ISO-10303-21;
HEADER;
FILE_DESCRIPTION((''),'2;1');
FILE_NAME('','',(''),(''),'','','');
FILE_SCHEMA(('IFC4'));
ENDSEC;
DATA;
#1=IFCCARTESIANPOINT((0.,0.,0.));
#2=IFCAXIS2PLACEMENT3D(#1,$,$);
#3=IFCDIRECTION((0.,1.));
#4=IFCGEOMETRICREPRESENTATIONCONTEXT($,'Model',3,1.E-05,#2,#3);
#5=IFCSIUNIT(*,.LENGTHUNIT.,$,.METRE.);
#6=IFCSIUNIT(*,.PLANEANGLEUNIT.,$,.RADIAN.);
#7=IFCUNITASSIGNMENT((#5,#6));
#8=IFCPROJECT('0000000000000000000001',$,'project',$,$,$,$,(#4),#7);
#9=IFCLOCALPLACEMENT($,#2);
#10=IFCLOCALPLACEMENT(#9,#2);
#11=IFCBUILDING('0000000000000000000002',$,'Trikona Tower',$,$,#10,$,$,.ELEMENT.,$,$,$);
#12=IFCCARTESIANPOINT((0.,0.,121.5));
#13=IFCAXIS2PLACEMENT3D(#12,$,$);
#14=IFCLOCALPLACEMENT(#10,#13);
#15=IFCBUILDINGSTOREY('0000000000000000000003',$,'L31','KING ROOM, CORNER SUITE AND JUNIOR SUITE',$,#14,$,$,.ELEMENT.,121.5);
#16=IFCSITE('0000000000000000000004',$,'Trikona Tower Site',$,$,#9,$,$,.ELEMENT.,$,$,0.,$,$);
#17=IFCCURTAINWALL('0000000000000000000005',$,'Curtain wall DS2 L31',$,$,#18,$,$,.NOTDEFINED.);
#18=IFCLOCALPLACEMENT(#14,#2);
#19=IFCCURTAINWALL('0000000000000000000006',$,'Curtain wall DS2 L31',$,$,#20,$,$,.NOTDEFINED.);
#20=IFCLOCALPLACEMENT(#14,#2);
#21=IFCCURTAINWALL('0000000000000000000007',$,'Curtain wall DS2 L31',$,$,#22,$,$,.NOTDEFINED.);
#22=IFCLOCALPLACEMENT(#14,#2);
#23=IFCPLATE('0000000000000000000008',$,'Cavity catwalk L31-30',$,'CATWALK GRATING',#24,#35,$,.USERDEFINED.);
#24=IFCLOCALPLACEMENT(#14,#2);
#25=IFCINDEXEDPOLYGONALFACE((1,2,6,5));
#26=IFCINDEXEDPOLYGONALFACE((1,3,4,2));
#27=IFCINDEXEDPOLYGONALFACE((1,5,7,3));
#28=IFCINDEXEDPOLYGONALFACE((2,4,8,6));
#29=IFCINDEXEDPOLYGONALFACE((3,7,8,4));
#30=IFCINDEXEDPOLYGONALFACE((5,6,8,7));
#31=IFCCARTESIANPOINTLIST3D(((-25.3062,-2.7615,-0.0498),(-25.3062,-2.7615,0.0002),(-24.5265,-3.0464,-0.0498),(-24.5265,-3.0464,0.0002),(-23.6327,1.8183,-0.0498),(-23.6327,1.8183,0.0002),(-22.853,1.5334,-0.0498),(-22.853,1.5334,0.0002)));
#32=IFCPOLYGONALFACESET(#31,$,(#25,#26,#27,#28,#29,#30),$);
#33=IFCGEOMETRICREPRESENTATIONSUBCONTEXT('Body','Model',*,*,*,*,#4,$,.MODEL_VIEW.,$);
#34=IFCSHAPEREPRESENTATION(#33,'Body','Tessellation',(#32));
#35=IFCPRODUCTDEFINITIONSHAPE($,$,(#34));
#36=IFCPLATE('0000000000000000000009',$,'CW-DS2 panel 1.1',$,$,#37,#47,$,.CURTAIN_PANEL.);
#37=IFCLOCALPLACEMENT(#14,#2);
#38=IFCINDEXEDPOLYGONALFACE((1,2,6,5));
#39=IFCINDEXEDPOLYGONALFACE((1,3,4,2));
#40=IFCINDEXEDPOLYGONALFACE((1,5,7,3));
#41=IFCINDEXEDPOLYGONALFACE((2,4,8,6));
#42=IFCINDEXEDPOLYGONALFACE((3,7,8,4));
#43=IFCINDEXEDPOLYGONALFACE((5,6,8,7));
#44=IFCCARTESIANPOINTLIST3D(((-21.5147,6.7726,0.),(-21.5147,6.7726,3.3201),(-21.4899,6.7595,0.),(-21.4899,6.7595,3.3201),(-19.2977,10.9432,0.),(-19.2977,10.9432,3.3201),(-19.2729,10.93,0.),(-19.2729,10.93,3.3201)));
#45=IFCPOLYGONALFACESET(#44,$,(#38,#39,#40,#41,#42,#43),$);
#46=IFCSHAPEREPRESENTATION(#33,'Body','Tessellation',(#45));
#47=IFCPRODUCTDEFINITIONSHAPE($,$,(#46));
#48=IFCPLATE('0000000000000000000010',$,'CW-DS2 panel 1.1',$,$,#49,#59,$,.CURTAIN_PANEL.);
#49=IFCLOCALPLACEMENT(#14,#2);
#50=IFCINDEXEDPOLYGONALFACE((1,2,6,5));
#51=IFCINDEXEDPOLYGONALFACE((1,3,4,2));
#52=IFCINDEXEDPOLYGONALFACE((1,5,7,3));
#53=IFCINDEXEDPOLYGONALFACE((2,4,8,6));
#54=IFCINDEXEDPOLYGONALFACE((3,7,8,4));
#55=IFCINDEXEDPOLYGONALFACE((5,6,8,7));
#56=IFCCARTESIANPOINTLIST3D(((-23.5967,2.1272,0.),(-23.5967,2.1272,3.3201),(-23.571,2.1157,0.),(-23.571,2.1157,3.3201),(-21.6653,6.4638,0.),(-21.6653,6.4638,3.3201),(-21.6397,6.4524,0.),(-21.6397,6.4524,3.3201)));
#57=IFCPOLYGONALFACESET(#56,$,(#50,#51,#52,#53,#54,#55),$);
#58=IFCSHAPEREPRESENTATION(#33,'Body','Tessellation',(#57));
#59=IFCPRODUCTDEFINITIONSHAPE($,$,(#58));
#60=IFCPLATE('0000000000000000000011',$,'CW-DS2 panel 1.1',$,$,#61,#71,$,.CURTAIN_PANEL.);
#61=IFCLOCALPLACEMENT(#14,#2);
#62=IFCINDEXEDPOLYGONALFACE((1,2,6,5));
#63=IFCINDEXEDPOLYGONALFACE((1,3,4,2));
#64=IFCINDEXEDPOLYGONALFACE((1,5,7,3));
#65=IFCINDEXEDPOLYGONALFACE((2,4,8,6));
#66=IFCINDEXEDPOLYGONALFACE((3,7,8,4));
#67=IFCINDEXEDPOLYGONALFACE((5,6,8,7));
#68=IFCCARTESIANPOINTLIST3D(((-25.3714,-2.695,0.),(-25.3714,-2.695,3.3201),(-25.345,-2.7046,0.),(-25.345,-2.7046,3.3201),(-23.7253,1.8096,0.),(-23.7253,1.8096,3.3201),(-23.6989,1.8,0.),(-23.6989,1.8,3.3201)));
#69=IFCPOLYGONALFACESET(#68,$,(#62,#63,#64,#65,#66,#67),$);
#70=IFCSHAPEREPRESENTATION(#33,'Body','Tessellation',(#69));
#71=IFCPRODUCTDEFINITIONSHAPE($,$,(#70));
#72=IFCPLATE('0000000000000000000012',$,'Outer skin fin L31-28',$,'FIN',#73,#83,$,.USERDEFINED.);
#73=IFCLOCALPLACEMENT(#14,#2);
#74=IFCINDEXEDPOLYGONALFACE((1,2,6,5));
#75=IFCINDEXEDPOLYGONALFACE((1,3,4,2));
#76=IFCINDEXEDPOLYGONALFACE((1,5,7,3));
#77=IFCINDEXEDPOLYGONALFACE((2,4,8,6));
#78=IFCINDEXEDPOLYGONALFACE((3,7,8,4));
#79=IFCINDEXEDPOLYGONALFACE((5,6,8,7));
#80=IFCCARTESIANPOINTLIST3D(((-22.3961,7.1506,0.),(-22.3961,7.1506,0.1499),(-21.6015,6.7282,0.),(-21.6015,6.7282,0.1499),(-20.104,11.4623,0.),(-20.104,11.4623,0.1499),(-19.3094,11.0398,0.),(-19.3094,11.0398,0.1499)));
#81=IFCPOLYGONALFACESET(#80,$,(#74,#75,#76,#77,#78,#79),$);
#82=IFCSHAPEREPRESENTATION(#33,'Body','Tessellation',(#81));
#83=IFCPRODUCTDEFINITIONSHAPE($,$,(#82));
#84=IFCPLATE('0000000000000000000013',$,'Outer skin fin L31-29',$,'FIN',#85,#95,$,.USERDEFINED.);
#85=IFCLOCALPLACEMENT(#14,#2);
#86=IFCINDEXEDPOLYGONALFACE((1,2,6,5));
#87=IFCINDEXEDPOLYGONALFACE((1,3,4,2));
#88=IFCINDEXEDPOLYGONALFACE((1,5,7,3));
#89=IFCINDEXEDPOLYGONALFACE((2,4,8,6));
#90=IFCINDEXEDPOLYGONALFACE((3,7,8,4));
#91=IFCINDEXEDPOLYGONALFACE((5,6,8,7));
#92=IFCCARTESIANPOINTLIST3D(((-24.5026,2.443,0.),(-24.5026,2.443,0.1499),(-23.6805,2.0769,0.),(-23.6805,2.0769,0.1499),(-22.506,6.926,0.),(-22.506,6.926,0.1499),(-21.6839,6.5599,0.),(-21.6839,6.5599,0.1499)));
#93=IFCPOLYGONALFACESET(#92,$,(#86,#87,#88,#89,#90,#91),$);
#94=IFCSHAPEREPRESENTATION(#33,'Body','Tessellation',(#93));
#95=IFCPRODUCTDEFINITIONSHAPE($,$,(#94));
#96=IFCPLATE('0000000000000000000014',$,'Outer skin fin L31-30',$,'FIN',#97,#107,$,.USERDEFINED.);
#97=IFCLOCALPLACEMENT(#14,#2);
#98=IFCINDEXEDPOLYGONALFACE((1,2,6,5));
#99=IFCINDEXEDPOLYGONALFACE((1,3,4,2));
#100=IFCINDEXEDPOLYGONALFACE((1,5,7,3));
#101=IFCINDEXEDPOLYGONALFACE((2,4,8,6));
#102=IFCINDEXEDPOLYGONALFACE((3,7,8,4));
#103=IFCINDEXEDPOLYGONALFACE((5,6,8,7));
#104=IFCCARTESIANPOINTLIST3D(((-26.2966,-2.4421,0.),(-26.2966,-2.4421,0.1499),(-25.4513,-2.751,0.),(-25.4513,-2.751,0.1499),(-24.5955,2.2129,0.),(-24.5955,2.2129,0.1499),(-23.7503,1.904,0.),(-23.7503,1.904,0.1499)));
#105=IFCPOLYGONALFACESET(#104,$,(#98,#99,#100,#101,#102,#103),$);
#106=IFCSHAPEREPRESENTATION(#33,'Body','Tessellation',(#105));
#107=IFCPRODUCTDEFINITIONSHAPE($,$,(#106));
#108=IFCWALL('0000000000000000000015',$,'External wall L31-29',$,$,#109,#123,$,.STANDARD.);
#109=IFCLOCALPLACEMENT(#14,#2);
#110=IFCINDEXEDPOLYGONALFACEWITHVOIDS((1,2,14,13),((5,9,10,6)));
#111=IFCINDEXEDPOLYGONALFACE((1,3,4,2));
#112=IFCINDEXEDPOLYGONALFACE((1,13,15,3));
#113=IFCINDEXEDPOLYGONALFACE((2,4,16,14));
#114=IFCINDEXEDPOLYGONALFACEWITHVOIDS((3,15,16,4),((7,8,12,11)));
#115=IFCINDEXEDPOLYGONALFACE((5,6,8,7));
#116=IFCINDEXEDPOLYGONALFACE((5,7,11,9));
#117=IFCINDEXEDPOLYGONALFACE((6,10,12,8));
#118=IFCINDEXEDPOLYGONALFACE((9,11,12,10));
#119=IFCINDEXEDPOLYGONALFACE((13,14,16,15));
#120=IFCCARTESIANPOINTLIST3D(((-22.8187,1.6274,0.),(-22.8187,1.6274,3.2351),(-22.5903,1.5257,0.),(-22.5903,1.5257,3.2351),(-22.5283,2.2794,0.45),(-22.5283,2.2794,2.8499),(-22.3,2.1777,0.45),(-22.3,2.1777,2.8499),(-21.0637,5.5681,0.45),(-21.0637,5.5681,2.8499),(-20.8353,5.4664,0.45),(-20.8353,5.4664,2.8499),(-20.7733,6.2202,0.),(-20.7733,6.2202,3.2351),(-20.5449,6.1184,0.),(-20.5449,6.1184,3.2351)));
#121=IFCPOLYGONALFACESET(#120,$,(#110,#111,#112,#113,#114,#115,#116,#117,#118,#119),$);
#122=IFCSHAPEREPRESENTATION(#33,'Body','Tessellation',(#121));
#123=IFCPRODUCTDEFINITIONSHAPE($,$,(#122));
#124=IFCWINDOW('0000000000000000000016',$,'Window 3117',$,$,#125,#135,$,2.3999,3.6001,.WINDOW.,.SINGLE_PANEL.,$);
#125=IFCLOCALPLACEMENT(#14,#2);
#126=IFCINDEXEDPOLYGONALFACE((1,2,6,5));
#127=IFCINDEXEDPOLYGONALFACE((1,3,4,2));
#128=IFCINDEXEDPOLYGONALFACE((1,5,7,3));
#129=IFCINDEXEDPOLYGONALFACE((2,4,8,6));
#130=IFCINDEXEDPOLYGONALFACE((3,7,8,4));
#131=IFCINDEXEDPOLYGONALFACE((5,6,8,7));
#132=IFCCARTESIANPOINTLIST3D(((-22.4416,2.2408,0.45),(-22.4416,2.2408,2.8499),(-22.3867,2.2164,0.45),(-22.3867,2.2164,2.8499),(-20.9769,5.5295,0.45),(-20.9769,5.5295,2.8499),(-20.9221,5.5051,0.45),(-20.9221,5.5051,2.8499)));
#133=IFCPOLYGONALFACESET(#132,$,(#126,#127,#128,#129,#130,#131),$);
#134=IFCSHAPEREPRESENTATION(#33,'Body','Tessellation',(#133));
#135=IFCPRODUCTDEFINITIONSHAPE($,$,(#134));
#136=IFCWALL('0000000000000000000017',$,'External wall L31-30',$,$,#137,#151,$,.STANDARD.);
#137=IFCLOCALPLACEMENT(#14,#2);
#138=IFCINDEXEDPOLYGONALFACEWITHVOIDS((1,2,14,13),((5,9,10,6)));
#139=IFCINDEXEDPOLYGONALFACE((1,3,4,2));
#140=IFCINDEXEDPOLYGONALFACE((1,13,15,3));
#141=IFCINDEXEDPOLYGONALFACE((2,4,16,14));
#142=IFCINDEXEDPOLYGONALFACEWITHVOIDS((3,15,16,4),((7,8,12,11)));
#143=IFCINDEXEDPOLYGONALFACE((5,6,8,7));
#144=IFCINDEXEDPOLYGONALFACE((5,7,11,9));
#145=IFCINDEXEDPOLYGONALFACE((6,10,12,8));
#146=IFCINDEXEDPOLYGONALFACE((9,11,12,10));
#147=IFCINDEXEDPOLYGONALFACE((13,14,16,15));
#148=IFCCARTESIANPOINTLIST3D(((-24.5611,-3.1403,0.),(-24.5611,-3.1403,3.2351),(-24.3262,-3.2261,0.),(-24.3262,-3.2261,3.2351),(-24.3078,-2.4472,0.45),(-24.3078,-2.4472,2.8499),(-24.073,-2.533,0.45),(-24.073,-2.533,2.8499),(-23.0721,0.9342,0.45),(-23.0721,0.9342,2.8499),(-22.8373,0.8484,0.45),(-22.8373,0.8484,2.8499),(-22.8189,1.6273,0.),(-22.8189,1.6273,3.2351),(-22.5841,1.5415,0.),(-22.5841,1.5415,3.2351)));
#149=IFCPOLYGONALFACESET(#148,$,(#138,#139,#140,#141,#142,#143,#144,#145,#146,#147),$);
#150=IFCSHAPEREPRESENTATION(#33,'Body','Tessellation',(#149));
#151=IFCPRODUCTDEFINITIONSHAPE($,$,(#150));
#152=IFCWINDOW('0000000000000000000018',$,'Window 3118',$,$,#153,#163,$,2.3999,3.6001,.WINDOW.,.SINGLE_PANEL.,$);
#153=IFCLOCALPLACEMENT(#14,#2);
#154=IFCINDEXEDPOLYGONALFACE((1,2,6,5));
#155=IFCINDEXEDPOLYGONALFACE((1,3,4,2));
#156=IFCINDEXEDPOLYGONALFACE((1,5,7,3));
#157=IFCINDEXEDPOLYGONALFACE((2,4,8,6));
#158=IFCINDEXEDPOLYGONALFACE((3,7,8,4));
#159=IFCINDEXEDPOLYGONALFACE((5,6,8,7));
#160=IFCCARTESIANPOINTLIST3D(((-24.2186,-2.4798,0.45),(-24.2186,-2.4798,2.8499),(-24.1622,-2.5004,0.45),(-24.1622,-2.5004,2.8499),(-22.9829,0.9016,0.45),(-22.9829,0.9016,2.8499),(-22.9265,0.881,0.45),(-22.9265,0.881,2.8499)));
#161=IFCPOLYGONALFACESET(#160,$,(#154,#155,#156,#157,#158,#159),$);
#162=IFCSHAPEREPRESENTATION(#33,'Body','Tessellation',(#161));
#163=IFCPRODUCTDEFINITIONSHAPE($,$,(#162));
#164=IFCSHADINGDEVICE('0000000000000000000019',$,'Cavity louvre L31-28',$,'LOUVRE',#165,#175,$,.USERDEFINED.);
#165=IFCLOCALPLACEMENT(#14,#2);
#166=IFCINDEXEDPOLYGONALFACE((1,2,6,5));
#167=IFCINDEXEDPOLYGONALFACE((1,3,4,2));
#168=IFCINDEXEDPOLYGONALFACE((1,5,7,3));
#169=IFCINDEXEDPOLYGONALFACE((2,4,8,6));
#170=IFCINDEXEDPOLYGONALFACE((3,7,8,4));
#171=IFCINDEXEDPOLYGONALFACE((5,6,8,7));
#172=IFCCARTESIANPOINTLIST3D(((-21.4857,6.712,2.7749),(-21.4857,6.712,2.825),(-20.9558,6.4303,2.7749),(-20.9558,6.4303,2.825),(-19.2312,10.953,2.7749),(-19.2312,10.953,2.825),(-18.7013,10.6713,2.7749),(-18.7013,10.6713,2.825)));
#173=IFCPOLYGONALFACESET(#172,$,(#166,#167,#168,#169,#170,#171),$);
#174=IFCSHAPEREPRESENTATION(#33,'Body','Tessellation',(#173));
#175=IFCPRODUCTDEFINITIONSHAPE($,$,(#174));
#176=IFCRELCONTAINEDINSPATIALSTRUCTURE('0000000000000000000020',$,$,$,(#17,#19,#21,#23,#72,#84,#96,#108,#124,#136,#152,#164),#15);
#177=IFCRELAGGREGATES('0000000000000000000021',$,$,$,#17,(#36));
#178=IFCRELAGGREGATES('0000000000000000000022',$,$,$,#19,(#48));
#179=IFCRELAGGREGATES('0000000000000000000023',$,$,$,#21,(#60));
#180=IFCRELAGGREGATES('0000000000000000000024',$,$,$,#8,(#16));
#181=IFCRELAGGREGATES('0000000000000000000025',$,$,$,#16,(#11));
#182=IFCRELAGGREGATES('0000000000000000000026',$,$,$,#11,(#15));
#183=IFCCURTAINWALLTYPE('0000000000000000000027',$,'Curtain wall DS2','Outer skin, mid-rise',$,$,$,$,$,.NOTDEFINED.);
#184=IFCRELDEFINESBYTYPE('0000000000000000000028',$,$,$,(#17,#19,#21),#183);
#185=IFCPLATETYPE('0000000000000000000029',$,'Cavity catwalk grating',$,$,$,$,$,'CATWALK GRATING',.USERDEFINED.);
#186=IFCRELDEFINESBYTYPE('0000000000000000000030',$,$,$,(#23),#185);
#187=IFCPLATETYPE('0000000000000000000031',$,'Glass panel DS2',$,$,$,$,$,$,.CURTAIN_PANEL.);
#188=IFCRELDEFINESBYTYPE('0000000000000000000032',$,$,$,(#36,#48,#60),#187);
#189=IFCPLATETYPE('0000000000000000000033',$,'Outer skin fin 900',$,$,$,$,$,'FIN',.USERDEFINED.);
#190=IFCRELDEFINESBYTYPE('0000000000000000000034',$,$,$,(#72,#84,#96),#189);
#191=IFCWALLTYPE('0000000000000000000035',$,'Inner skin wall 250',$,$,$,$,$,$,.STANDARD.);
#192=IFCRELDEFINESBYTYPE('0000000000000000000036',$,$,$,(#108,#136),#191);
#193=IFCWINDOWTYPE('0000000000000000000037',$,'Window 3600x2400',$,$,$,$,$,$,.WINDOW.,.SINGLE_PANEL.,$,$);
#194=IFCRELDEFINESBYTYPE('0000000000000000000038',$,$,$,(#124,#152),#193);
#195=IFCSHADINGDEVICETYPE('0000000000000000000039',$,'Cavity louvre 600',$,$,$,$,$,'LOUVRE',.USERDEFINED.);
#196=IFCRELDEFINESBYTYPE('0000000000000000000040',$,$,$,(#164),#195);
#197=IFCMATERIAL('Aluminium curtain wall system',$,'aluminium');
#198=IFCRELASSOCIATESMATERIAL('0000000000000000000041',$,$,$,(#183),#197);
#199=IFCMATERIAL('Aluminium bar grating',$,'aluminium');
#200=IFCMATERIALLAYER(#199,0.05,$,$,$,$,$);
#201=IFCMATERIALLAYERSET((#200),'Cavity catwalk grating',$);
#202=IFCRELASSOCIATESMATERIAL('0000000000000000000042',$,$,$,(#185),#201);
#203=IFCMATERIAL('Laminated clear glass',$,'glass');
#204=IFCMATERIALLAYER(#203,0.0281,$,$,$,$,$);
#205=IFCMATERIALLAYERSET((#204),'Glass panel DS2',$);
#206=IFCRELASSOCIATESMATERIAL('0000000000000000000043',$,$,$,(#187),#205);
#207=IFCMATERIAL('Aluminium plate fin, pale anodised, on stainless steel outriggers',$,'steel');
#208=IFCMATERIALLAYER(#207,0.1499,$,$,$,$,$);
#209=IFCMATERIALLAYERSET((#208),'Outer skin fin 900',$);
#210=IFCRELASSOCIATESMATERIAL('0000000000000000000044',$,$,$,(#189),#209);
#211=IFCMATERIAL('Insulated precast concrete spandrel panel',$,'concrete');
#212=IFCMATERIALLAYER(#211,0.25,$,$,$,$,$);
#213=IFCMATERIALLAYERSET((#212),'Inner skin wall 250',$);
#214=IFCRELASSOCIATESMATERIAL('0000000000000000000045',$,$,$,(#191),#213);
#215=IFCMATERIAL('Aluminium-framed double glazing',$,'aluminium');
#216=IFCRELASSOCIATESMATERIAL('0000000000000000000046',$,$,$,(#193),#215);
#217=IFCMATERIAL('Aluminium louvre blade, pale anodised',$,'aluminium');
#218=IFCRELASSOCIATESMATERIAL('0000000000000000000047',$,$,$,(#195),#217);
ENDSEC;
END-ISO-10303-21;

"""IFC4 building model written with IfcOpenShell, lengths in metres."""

from ifc_helpers import new_model, si_unit, direction, frame, frame_2d, origin, origin_2d, place, context, subcontext, project, spatial, rectangle, extrude, material, layer, layer_set, type_object, element, fill, aggregate, save


model = new_model("IFC4")

# Units and contexts
model_context = context("Model", 3, precision=1e-05, world=origin(), true_north=direction((0.0, 1.0)))
body_context = subcontext(model_context, "Body", "Model", "MODEL_VIEW")
ifc_project = project(units=[si_unit("LENGTHUNIT", "METRE"), si_unit("PLANEANGLEUNIT", "RADIAN")], contexts=[model_context])

# Site, building, storey
site_placement = place(None, origin())
site = spatial("IfcSite", under=ifc_project, at=site_placement, Name="Trikona Tower Site", CompositionType="ELEMENT", RefElevation=0.0)
building_placement = place(site_placement, origin())
building = spatial("IfcBuilding", under=site, at=building_placement, Name="Trikona Tower", CompositionType="ELEMENT")
storey_placement = place(building_placement, frame((0.0, 0.0, 121.5)))
storey = spatial("IfcBuildingStorey", under=building, at=storey_placement, Name="L31", Description="KING ROOM, CORNER SUITE AND JUNIOR SUITE", CompositionType="ELEMENT", Elevation=121.5)

# Curtain walls
ifc_material_1 = material(Name="Aluminium curtain wall system", Category="aluminium")
curtain_wall_type = type_object("IfcCurtainWallType", Name="Curtain wall DS2", Description="Outer skin, mid-rise", PredefinedType="NOTDEFINED", material=ifc_material_1)
curtain_wall_1_placement = place(storey_placement, origin())
curtain_wall_1 = element("IfcCurtainWall", 1, at=curtain_wall_1_placement, inside=storey, type_object=curtain_wall_type, Name="Curtain wall DS2 L31", PredefinedType="NOTDEFINED")
curtain_wall_2_placement = place(storey_placement, origin())
curtain_wall_2 = element("IfcCurtainWall", 2, at=curtain_wall_2_placement, inside=storey, type_object=curtain_wall_type, Name="Curtain wall DS2 L31", PredefinedType="NOTDEFINED")

# Curtain wall
curtain_wall_3_placement = place(storey_placement, origin())
curtain_wall_3 = element("IfcCurtainWall", 3, at=curtain_wall_3_placement, inside=storey, type_object=curtain_wall_type, Name="Curtain wall DS2 L31", PredefinedType="NOTDEFINED")

# Plate
ifc_material_2 = material(Name="Aluminium bar grating", Category="aluminium")
ifc_layer_1 = layer(ifc_material_2, 0.05)
ifc_layer_set_1 = layer_set([ifc_layer_1], Name="Cavity catwalk grating")
plate_type_1 = type_object("IfcPlateType", Name="Cavity catwalk grating", ElementType="CATWALK GRATING", PredefinedType="USERDEFINED", material=ifc_layer_set_1)
plate_1_placement = place(storey_placement, frame((-24.0796, -0.614, -0.0498), z_axis=(0.0, 0.0, 1.0), x_axis=(-0.34322, -0.939255, 0.0)))
element("IfcPlate", 4, at=plate_1_placement, inside=storey, type_object=plate_type_1, Name="Cavity catwalk L31-30", ObjectType="CATWALK GRATING", PredefinedType="USERDEFINED", context=body_context, shape_type="SweptSolid", body=[
    extrude(rectangle(XDim=4.876, YDim=0.8301, at=origin_2d()), origin(), (0.0, 0.0, 1.0), 0.05),
])

# Plates
ifc_material_3 = material(Name="Laminated clear glass", Category="glass")
ifc_layer_2 = layer(ifc_material_3, 0.0281)
ifc_layer_set_2 = layer_set([ifc_layer_2], Name="Glass panel DS2")
plate_type_2 = type_object("IfcPlateType", Name="Glass panel DS2", PredefinedType="CURTAIN_PANEL", material=ifc_layer_set_2)
plate_2_placement = place(storey_placement, frame((-20.3938, 8.8513, 0.0), z_axis=(0.0, 0.0, 1.0), x_axis=(-0.46938, -0.882996, 0.0)))
plate_2 = element("IfcPlate", 5, at=plate_2_placement, type_object=plate_type_2, Name="CW-DS2 panel 1.1", PredefinedType="CURTAIN_PANEL", context=body_context, shape_type="SweptSolid", body=[
    extrude(rectangle(XDim=4.7231, YDim=0.0281, at=origin_2d()), origin(), (0.0, 0.0, 1.0), 3.3201),
])
aggregate(curtain_wall_1, [plate_2])
plate_3_placement = place(storey_placement, frame((-22.6182, 4.2898, 0.0), z_axis=(0.0, 0.0, 1.0), x_axis=(-0.406836, -0.913501, 0.0)))
plate_3 = element("IfcPlate", 6, at=plate_3_placement, type_object=plate_type_2, Name="CW-DS2 panel 1.1", PredefinedType="CURTAIN_PANEL", context=body_context, shape_type="SweptSolid", body=[
    extrude(rectangle(XDim=4.7473, YDim=0.0281, at=origin_2d()), origin(), (0.0, 0.0, 1.0), 3.3201),
])
aggregate(curtain_wall_2, [plate_3])
plate_4_placement = place(storey_placement, frame((-24.5352, -0.4475, 0.0), z_axis=(0.0, 0.0, 1.0), x_axis=(-0.343223, -0.939254, 0.0)))
plate_4 = element("IfcPlate", 7, at=plate_4_placement, type_object=plate_type_2, Name="CW-DS2 panel 1.1", PredefinedType="CURTAIN_PANEL", context=body_context, shape_type="SweptSolid", body=[
    extrude(rectangle(XDim=4.7959, YDim=0.0281, at=origin_2d()), origin(), (0.0, 0.0, 1.0), 3.3201),
])
aggregate(curtain_wall_3, [plate_4])

# Plates
ifc_material_4 = material(Name="Aluminium plate fin, pale anodised, on stainless steel outriggers", Category="steel")
ifc_layer_3 = layer(ifc_material_4, 0.1499)
ifc_layer_set_3 = layer_set([ifc_layer_3], Name="Outer skin fin 900")
plate_type_3 = type_object("IfcPlateType", Name="Outer skin fin 900", ElementType="FIN", PredefinedType="USERDEFINED", material=ifc_layer_set_3)
plate_5_placement = place(storey_placement, frame((-20.8528, 9.0952, 0.0), z_axis=(0.0, 0.0, 1.0), x_axis=(-0.469398, -0.882987, 0.0)))
element("IfcPlate", 8, at=plate_5_placement, inside=storey, type_object=plate_type_3, Name="Outer skin fin L31-28", ObjectType="FIN", PredefinedType="USERDEFINED", context=body_context, shape_type="SweptSolid", body=[
    extrude(rectangle(XDim=4.8831, YDim=0.8999, at=origin_2d()), origin(), (0.0, 0.0, 1.0), 0.1499),
])
plate_6_placement = place(storey_placement, frame((-23.0933, 4.5015, 0.0), z_axis=(0.0, 0.0, 1.0), x_axis=(-0.406843, -0.913498, 0.0)))
element("IfcPlate", 9, at=plate_6_placement, inside=storey, type_object=plate_type_3, Name="Outer skin fin L31-29", ObjectType="FIN", PredefinedType="USERDEFINED", context=body_context, shape_type="SweptSolid", body=[
    extrude(rectangle(XDim=4.9075, YDim=0.8999, at=origin_2d()), origin(), (0.0, 0.0, 1.0), 0.1499),
])
plate_7_placement = place(storey_placement, frame((-25.0234, -0.269, 0.0), z_axis=(0.0, 0.0, 1.0), x_axis=(-0.34322, -0.939255, 0.0)))
element("IfcPlate", 10, at=plate_7_placement, inside=storey, type_object=plate_type_3, Name="Outer skin fin L31-30", ObjectType="FIN", PredefinedType="USERDEFINED", context=body_context, shape_type="SweptSolid", body=[
    extrude(rectangle(XDim=4.9561, YDim=0.8999, at=origin_2d()), origin(), (0.0, 0.0, 1.0), 0.1499),
])

# Walls, openings, windows
ifc_material_5 = material(Name="Insulated precast concrete spandrel panel", Category="concrete")
ifc_layer_4 = layer(ifc_material_5, 0.25)
ifc_layer_set_4 = layer_set([ifc_layer_4], Name="Inner skin wall 250")
wall_type = type_object("IfcWallType", Name="Inner skin wall 250", PredefinedType="STANDARD", material=ifc_layer_set_4)
wall_1_placement = place(storey_placement, frame((-20.6592, 6.1692, 0.0), z_axis=(0.0, 0.0, 1.0), x_axis=(-0.406832, -0.913503, 0.0)))
wall_1 = element("IfcWall", 11, at=wall_1_placement, inside=storey, type_object=wall_type, Name="External wall L31-29", PredefinedType="STANDARD", context=body_context, shape_type="SweptSolid", body=[
    extrude(rectangle(XDim=5.0276, YDim=0.25, at=frame_2d((2.5137, 0.0))), origin(), (0.0, 0.0, 1.0), 3.2351),
])
opening_1_placement = place(wall_1_placement, frame((0.7136, 0.0, 0.45)))
opening_1 = element("IfcOpeningElement", 12, at=opening_1_placement, cuts=wall_1, PredefinedType="OPENING", context=body_context, shape_type="SweptSolid", body=[
    extrude(rectangle(XDim=3.6001, YDim=2.3999, at=frame_2d((1.8, 1.2))), frame((0.0, 0.135, 0.0), z_axis=(0.0, -1.0, 0.0), x_axis=(1.0, 0.0, 0.0)), (0.0, 0.0, 1.0), 0.27),
])
ifc_material_6 = material(Name="Aluminium-framed double glazing", Category="aluminium")
window_type = type_object("IfcWindowType", Name="Window 3600x2400", PartitioningType="SINGLE_PANEL", PredefinedType="WINDOW", material=ifc_material_6)
window_1_placement = place(opening_1_placement, origin())
window_1 = element("IfcWindow", 13, at=window_1_placement, inside=storey, type_object=window_type, Name="Window 3117", OverallHeight=2.3999, OverallWidth=3.6001, PartitioningType="SINGLE_PANEL", PredefinedType="WINDOW", context=body_context, shape_type="SweptSolid", body=[
    extrude(rectangle(XDim=3.6001, YDim=2.3999, at=frame_2d((1.8, 1.2))), frame((0.0, 0.03, 0.0), z_axis=(0.0, -1.0, 0.0), x_axis=(1.0, 0.0, 0.0)), (0.0, 0.0, 1.0), 0.0601),
])
fill(opening_1, window_1)
wall_2_placement = place(storey_placement, frame((-22.7014, 1.5845, 0.0), z_axis=(0.0, 0.0, 1.0), x_axis=(-0.343226, -0.939253, 0.0)))
wall_2 = element("IfcWall", 14, at=wall_2_placement, inside=storey, type_object=wall_type, Name="External wall L31-30", PredefinedType="STANDARD", context=body_context, shape_type="SweptSolid", body=[
    extrude(rectangle(XDim=5.0759, YDim=0.25, at=frame_2d((2.5381, 0.0))), origin(), (0.0, 0.0, 1.0), 3.2351),
])
opening_2_placement = place(wall_2_placement, frame((0.738, 0.0, 0.45)))
opening_2 = element("IfcOpeningElement", 15, at=opening_2_placement, cuts=wall_2, PredefinedType="OPENING", context=body_context, shape_type="SweptSolid", body=[
    extrude(rectangle(XDim=3.6001, YDim=2.3999, at=frame_2d((1.8, 1.2))), frame((0.0, 0.135, 0.0), z_axis=(0.0, -1.0, 0.0), x_axis=(1.0, 0.0, 0.0)), (0.0, 0.0, 1.0), 0.27),
])
window_2_placement = place(opening_2_placement, origin())
window_2 = element("IfcWindow", 16, at=window_2_placement, inside=storey, type_object=window_type, Name="Window 3118", OverallHeight=2.3999, OverallWidth=3.6001, PartitioningType="SINGLE_PANEL", PredefinedType="WINDOW", context=body_context, shape_type="SweptSolid", body=[
    extrude(rectangle(XDim=3.6001, YDim=2.3999, at=frame_2d((1.8, 1.2))), frame((0.0, 0.03, 0.0), z_axis=(0.0, -1.0, 0.0), x_axis=(1.0, 0.0, 0.0)), (0.0, 0.0, 1.0), 0.0601),
])
fill(opening_2, window_2)

# Shading device
ifc_material_7 = material(Name="Aluminium louvre blade, pale anodised", Category="aluminium")
shading_device_type = type_object("IfcShadingDeviceType", Name="Cavity louvre 600", ElementType="LOUVRE", PredefinedType="USERDEFINED", material=ifc_material_7)
shading_device_1_placement = place(storey_placement, frame((-20.0935, 8.6917, 2.7749), z_axis=(0.0, 0.0, 1.0), x_axis=(-0.469398, -0.882987, 0.0)))
element("IfcShadingDevice", 17, at=shading_device_1_placement, inside=storey, type_object=shading_device_type, Name="Cavity louvre L31-28", ObjectType="LOUVRE", PredefinedType="USERDEFINED", context=body_context, shape_type="SweptSolid", body=[
    extrude(rectangle(XDim=4.803, YDim=0.6001, at=origin_2d()), origin(), (0.0, 0.0, 1.0), 0.05),
])

save(model, "model.ifc")
